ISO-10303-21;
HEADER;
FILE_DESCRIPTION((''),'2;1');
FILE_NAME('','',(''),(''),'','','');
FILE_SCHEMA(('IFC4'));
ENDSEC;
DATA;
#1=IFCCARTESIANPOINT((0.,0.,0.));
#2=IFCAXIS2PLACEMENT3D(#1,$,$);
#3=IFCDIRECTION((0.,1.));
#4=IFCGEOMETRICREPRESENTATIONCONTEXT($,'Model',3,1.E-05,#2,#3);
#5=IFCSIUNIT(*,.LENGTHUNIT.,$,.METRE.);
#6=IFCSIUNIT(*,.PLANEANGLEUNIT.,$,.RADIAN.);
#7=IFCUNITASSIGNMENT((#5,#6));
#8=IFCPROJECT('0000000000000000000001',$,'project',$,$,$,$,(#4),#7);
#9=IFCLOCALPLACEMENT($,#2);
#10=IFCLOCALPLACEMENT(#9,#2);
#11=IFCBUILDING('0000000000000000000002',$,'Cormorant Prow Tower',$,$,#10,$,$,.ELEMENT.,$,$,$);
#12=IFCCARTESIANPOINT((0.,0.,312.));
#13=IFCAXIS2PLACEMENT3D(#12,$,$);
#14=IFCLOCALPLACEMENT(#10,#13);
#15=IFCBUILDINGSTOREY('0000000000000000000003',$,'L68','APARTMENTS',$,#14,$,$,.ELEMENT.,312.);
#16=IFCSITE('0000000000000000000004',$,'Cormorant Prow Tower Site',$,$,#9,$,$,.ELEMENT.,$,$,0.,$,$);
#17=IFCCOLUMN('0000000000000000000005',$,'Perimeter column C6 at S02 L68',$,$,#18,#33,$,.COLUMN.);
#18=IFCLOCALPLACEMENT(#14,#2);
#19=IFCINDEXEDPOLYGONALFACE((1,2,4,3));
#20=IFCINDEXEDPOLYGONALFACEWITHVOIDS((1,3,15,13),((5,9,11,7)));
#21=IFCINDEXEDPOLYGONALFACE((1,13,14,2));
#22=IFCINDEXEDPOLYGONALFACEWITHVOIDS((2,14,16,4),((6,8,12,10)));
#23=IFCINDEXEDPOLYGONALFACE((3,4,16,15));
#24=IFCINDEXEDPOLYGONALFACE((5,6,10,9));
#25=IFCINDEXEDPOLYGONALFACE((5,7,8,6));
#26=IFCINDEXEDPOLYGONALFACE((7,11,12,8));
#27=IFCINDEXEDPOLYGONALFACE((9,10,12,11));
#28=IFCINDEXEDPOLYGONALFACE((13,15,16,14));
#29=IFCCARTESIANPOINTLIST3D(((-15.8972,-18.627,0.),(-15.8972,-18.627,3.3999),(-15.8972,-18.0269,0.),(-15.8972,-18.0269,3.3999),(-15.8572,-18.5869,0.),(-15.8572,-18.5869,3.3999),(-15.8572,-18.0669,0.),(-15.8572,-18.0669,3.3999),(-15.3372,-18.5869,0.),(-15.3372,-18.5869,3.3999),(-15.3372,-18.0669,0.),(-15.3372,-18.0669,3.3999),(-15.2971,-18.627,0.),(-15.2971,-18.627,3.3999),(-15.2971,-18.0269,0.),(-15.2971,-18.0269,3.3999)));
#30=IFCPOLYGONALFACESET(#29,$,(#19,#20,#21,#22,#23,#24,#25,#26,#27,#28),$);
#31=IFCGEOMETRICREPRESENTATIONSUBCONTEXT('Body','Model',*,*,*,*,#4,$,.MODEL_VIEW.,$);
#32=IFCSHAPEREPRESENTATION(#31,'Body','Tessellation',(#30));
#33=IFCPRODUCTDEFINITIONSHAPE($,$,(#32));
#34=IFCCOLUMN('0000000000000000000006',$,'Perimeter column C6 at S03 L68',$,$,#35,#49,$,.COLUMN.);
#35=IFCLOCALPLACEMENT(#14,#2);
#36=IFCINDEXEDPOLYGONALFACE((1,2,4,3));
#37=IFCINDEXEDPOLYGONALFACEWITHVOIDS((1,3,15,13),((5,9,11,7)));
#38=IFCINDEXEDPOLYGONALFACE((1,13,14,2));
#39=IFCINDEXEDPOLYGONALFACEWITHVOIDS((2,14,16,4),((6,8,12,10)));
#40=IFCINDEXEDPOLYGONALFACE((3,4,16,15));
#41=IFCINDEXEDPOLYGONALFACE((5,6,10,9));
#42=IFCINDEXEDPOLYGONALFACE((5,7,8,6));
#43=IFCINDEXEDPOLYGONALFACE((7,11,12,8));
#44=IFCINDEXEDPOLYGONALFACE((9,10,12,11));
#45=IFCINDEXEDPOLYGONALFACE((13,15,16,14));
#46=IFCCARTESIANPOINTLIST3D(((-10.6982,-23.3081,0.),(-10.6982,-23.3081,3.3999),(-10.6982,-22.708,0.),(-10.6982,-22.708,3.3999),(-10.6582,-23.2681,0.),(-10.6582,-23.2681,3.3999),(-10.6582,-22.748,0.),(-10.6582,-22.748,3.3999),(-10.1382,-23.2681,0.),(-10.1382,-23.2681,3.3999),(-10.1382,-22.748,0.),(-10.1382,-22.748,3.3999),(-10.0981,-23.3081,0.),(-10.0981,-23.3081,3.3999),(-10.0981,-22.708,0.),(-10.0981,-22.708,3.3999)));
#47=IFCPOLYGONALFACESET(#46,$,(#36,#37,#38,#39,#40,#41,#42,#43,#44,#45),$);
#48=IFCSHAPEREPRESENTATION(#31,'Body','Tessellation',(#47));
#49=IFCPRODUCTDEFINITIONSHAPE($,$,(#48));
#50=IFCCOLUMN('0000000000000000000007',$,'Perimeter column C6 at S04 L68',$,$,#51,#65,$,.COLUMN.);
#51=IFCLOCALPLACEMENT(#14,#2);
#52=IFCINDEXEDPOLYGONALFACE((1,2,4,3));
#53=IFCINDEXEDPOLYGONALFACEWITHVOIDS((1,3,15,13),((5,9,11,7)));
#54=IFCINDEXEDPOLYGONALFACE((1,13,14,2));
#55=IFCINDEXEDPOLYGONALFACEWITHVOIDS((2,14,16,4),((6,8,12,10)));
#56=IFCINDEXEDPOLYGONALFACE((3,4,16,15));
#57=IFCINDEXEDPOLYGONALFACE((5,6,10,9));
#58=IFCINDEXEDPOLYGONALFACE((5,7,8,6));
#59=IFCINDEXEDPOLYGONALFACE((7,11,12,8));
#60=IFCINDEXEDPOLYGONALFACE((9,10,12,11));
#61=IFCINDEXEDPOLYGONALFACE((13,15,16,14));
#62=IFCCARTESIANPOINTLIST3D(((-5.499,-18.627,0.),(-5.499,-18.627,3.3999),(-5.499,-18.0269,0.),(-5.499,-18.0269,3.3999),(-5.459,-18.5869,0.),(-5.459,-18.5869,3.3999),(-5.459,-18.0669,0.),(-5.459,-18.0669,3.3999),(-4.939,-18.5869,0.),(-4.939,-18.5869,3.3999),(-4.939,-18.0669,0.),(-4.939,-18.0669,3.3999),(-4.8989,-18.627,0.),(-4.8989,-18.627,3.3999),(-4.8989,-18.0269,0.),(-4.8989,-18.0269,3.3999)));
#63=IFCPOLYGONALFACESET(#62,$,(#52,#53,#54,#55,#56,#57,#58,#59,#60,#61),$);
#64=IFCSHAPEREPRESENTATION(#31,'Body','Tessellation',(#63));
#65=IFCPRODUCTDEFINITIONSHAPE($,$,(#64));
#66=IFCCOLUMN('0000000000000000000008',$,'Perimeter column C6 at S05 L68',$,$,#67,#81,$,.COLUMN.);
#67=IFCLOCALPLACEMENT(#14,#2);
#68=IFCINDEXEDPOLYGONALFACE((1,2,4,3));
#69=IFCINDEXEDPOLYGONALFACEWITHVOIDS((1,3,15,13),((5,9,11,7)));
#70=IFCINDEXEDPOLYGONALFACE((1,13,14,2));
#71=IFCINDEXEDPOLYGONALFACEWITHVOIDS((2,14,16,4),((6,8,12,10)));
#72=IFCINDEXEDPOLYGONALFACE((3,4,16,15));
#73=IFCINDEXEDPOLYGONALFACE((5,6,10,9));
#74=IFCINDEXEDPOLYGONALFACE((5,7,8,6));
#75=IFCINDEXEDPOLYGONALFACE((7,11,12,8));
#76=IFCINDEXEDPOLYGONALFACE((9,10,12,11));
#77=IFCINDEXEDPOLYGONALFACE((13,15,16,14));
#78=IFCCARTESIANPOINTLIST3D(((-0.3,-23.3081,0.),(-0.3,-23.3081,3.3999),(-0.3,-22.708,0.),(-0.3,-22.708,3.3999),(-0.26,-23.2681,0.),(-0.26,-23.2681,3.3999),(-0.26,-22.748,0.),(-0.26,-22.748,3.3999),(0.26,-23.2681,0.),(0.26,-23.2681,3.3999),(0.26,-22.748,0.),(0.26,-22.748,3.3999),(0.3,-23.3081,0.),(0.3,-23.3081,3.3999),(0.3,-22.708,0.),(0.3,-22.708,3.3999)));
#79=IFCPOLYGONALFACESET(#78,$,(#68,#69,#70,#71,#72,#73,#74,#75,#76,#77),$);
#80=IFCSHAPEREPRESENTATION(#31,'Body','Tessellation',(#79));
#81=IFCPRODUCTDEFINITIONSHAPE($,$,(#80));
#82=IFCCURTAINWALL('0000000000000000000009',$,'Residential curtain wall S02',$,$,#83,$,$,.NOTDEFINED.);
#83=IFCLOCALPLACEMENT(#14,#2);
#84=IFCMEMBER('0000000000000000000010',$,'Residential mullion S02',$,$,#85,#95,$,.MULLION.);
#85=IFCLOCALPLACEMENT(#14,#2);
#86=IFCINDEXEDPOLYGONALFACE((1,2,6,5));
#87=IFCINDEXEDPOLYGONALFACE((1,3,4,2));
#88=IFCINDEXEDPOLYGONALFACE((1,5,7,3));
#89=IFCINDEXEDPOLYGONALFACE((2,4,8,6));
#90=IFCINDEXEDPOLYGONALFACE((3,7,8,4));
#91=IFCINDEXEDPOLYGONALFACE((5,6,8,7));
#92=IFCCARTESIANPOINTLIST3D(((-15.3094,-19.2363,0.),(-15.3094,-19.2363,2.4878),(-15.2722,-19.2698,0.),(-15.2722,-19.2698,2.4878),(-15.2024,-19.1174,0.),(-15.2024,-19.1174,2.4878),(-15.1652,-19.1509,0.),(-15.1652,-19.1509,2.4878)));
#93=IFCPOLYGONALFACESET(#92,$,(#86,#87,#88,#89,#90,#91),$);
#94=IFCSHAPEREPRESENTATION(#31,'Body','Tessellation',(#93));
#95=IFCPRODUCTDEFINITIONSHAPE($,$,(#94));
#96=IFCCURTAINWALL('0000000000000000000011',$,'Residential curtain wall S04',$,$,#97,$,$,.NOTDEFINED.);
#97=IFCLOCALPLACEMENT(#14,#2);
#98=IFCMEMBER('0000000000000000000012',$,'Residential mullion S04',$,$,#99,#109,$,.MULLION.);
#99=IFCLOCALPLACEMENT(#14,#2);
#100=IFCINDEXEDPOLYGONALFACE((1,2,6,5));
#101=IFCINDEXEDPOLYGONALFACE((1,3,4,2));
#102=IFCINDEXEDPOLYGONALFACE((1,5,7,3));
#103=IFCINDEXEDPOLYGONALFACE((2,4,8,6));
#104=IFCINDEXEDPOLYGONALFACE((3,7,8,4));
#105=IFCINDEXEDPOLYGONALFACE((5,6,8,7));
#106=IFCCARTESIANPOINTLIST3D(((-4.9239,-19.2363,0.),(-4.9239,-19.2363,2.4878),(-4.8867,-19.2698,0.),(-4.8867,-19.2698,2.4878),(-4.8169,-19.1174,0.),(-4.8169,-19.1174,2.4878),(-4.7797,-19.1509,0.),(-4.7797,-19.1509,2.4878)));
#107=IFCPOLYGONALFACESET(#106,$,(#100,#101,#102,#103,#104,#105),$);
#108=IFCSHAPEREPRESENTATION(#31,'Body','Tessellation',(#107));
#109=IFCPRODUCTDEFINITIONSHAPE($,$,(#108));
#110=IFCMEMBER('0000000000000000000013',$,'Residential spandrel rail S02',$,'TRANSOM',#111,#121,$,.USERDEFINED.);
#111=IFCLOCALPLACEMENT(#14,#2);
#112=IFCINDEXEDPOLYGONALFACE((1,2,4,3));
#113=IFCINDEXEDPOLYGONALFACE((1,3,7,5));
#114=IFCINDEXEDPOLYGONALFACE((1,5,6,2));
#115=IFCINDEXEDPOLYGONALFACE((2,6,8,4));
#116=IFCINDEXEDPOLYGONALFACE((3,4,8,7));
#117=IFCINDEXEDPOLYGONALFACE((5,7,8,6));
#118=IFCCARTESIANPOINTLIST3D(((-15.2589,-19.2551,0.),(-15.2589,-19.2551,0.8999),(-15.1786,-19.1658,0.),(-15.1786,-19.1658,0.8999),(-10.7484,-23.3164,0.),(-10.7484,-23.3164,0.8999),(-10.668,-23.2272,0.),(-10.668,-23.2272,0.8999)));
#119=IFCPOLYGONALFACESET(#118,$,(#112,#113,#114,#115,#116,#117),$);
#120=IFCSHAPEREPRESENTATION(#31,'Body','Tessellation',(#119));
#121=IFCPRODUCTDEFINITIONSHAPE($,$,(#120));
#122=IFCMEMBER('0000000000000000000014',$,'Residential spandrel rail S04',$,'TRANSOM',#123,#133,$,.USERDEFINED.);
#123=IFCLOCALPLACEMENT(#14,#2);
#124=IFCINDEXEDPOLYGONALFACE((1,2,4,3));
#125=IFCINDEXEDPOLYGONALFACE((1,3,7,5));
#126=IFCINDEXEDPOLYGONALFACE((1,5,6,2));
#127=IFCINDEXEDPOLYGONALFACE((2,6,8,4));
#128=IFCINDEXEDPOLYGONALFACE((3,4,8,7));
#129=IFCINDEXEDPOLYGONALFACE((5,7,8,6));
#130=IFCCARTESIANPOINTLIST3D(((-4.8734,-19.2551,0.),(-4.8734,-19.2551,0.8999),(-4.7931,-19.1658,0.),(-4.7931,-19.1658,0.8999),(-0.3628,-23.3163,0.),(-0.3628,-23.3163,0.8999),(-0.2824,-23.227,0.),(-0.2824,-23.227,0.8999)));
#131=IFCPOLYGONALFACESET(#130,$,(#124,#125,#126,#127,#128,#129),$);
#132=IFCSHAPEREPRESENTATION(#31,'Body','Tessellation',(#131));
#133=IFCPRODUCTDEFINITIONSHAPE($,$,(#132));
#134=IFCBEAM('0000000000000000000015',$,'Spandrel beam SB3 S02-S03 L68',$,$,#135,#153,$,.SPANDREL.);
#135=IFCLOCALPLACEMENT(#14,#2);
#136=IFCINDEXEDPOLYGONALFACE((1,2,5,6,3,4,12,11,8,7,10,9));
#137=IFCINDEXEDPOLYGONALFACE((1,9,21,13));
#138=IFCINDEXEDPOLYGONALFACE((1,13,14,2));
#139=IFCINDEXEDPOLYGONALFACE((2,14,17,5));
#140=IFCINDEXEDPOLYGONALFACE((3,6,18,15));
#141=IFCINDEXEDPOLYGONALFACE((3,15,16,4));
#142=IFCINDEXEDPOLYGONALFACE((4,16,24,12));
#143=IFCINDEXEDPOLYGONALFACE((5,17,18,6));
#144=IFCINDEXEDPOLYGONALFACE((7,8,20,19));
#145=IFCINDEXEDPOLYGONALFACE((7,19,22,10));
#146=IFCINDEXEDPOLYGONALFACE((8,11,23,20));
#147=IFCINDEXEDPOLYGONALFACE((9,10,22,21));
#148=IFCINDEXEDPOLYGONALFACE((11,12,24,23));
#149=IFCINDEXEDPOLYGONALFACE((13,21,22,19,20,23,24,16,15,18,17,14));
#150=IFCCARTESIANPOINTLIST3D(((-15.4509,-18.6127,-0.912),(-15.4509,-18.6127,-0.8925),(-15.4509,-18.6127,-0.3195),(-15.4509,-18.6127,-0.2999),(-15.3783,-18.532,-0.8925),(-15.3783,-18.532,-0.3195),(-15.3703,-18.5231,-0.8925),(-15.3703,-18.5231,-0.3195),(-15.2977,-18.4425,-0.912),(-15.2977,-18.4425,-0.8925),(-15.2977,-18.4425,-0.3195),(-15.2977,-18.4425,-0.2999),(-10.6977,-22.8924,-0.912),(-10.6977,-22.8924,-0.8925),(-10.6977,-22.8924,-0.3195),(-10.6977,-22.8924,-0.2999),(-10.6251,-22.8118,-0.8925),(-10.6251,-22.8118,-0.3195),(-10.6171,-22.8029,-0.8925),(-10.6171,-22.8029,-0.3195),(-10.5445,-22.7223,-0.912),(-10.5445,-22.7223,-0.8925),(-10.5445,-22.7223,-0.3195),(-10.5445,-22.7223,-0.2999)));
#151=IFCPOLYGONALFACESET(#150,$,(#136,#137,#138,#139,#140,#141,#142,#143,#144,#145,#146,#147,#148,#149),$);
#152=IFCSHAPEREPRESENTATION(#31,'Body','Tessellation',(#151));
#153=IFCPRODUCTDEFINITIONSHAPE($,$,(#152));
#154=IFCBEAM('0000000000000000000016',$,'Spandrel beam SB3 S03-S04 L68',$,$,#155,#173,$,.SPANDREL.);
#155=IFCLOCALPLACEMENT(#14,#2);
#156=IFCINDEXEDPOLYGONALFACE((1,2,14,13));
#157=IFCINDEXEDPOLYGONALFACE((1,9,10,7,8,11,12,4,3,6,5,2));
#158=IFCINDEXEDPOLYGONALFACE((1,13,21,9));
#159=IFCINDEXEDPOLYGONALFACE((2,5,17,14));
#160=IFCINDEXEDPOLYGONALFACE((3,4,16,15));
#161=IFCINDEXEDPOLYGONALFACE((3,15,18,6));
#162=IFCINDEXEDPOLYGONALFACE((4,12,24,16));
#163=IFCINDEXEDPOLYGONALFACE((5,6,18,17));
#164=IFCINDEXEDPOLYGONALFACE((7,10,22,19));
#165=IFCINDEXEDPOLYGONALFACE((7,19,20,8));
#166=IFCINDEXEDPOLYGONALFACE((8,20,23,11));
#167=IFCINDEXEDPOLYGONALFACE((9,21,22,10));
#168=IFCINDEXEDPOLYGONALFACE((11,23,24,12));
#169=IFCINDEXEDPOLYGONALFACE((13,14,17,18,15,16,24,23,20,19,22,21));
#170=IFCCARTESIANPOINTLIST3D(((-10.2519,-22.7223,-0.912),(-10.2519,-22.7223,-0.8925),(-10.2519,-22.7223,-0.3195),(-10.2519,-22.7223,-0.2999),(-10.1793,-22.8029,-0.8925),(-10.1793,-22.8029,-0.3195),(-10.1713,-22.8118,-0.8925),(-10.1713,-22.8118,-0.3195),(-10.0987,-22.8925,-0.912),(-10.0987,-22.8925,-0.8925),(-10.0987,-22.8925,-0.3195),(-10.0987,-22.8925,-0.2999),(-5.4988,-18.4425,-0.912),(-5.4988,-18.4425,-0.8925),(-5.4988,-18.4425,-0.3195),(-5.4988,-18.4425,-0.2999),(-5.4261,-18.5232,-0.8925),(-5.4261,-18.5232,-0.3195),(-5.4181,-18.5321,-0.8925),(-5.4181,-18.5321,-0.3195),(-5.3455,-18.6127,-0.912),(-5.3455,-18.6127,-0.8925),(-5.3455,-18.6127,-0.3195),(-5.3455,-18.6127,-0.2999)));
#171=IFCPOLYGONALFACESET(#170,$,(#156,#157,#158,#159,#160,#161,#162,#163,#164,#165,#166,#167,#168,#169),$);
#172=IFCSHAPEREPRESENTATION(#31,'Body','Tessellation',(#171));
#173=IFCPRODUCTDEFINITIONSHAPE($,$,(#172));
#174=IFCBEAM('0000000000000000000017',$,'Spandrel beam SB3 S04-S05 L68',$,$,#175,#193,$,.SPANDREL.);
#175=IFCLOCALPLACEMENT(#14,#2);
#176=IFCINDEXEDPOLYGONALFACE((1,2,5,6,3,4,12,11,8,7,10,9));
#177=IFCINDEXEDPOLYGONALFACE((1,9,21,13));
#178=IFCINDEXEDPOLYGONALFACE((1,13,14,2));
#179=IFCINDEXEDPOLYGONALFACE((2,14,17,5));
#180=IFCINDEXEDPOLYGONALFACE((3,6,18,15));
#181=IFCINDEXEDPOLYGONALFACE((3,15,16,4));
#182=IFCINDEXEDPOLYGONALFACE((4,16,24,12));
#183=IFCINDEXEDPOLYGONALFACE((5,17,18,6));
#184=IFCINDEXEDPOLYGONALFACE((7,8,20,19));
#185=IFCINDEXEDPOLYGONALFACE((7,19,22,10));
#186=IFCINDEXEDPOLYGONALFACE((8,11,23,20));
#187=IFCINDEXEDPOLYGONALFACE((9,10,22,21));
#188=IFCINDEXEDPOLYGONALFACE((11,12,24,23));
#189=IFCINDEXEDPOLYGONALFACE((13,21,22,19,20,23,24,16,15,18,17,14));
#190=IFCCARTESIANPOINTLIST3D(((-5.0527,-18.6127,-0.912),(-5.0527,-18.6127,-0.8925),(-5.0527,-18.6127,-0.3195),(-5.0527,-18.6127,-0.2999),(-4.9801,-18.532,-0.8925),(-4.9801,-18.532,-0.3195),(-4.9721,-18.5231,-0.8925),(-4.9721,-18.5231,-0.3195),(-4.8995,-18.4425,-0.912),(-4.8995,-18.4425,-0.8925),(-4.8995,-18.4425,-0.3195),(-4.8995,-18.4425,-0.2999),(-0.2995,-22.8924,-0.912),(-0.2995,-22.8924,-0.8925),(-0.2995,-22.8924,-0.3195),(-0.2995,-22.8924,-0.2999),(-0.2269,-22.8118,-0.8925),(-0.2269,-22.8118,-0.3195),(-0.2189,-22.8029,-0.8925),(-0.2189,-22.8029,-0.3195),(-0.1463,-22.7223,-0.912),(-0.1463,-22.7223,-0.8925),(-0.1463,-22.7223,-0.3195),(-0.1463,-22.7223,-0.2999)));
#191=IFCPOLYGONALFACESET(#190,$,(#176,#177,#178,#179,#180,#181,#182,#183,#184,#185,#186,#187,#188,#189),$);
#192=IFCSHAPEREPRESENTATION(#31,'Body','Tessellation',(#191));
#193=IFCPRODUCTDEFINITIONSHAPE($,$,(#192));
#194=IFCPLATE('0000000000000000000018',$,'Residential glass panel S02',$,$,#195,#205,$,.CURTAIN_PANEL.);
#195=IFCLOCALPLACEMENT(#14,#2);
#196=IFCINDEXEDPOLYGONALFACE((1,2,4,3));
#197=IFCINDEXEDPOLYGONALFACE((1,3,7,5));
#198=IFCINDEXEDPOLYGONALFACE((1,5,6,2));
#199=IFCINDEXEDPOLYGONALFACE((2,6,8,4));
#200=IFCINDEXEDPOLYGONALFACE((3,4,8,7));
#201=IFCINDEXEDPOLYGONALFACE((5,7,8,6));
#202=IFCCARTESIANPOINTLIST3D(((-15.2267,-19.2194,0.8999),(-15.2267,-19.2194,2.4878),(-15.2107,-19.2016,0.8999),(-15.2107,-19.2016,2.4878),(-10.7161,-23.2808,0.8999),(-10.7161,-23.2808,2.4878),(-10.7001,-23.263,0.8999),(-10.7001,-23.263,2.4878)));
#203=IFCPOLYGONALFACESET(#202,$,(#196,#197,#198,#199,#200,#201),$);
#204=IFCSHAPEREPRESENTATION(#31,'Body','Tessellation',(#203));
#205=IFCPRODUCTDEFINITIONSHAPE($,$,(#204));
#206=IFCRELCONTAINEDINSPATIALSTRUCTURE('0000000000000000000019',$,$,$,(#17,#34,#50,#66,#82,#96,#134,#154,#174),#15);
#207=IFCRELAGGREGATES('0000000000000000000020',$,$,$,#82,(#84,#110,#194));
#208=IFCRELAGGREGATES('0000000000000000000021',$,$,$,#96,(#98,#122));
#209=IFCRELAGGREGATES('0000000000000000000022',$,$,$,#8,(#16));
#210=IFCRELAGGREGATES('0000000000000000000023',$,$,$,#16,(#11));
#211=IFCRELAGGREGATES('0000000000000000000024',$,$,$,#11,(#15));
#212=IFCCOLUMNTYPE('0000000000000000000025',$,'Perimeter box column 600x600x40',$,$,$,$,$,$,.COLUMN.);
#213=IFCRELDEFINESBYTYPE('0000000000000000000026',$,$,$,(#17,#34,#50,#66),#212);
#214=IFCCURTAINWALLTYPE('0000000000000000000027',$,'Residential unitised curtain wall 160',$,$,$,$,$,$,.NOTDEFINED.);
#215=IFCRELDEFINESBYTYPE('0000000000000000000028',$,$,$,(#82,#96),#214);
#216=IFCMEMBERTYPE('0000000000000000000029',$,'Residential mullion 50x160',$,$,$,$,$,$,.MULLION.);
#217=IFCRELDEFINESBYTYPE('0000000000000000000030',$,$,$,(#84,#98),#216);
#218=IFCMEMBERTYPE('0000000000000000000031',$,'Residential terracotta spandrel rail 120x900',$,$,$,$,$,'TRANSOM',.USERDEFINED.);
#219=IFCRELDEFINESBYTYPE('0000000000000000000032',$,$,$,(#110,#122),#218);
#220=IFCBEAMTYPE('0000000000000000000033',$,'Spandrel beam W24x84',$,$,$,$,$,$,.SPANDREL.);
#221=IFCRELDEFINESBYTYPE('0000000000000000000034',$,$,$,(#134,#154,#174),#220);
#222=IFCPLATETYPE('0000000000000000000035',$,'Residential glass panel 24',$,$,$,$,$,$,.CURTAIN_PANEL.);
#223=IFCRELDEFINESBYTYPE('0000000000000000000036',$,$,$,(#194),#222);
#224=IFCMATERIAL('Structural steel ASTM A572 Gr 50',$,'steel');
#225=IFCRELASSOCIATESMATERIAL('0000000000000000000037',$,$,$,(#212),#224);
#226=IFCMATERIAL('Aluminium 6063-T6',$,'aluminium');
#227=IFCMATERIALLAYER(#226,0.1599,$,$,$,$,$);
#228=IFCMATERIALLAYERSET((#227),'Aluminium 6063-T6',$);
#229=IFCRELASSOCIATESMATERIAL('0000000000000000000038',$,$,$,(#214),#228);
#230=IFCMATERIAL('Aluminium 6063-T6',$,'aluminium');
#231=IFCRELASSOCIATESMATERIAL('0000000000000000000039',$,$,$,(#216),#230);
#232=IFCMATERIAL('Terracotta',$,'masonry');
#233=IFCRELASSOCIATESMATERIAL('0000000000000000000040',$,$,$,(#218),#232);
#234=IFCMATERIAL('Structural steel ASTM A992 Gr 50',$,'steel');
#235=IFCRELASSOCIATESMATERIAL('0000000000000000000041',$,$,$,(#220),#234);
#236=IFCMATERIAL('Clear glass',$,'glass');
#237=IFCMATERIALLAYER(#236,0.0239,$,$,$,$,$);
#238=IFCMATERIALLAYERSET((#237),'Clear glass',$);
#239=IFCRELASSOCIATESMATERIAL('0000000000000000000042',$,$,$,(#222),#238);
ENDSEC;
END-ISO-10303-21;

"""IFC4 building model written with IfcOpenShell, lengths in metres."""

from ifc_helpers import new_model, si_unit, direction, frame, origin, origin_2d, place, context, subcontext, project, spatial, rectangle, hollow_rectangle, i_section, extrude, material, layer, layer_set, material_profile, profile_set, type_object, element, aggregate, save


model = new_model("IFC4")

# Units and contexts
model_context = context("Model", 3, precision=1e-05, world=origin(), true_north=direction((0.0, 1.0)))
body_context = subcontext(model_context, "Body", "Model", "MODEL_VIEW")
ifc_project = project(units=[si_unit("LENGTHUNIT", "METRE"), si_unit("PLANEANGLEUNIT", "RADIAN")], contexts=[model_context])

# Site, building, storey
site_placement = place(None, origin())
site = spatial("IfcSite", under=ifc_project, at=site_placement, Name="Cormorant Prow Tower Site", CompositionType="ELEMENT", RefElevation=0.0)
building_placement = place(site_placement, origin())
building = spatial("IfcBuilding", under=site, at=building_placement, Name="Cormorant Prow Tower", CompositionType="ELEMENT")
storey_placement = place(building_placement, frame((0.0, 0.0, 312.0)))
storey = spatial("IfcBuildingStorey", under=building, at=storey_placement, Name="L68", Description="APARTMENTS", CompositionType="ELEMENT", Elevation=312.0)

# Columns
ifc_material_1 = material(Name="Structural steel ASTM A572 Gr 50", Category="steel")
ifc_material_profile_1 = material_profile(ifc_material_1, hollow_rectangle(XDim=0.6001, YDim=0.6001, WallThickness=0.04, at=origin_2d()), Name="Box 600x600x40")
ifc_profile_set_1 = profile_set([ifc_material_profile_1], Name="Structural steel ASTM A572 Gr 50")
column_type = type_object("IfcColumnType", Name="Perimeter box column 600x600x40", PredefinedType="COLUMN", material=ifc_profile_set_1)
for number, where, z_axis, x_axis, name in (
    (1, (-15.5972, -18.3269, 0.0), (0.0, 0.0, 1.0), (1.0, 0.0, 0.0), "Perimeter column C6 at S02 L68"),
    (2, (-10.3982, -23.0081, 0.0), (0.0, 0.0, 1.0), (1.0, 0.0, 0.0), "Perimeter column C6 at S03 L68"),
    (3, (-5.199, -18.3269, 0.0), (0.0, 0.0, 1.0), (1.0, 0.0, 0.0), "Perimeter column C6 at S04 L68"),
    (4, (0.0, -23.0081, 0.0), (0.0, 0.0, 1.0), (1.0, 0.0, 0.0), "Perimeter column C6 at S05 L68"),
):
    element("IfcColumn", number, at=place(storey_placement, frame(where, z_axis=z_axis, x_axis=x_axis)), inside=storey, type_object=column_type, Name=name, PredefinedType="COLUMN", context=body_context, shape_type="SweptSolid", body=[
        extrude(hollow_rectangle(XDim=0.6001, YDim=0.6001, WallThickness=0.04, at=origin_2d()), origin(), (0.0, 0.0, 1.0), 3.3999),
    ])

# Curtain walls, members
ifc_material_2 = material(Name="Aluminium 6063-T6", Category="aluminium")
ifc_layer_1 = layer(ifc_material_2, 0.1599)
ifc_layer_set_1 = layer_set([ifc_layer_1], Name="Aluminium 6063-T6")
curtain_wall_type = type_object("IfcCurtainWallType", Name="Residential unitised curtain wall 160", PredefinedType="NOTDEFINED", material=ifc_layer_set_1)
curtain_wall_1_placement = place(storey_placement, origin())
curtain_wall_1 = element("IfcCurtainWall", 5, at=curtain_wall_1_placement, inside=storey, type_object=curtain_wall_type, Name="Residential curtain wall S02", PredefinedType="NOTDEFINED")
ifc_material_3 = material(Name="Aluminium 6063-T6", Category="aluminium")
ifc_material_profile_2 = material_profile(ifc_material_3, rectangle(XDim=0.1599, YDim=0.05, at=origin_2d()), Name="Residential mullion 50x160")
ifc_profile_set_2 = profile_set([ifc_material_profile_2], Name="Aluminium 6063-T6")
member_type_1 = type_object("IfcMemberType", Name="Residential mullion 50x160", PredefinedType="MULLION", material=ifc_profile_set_2)
member_1_placement = place(storey_placement, frame((-15.2373, -19.1936, 0.0), z_axis=(0.0, 0.0, 1.0), x_axis=(0.669131, 0.743145, 0.0)))
member_1 = element("IfcMember", 6, at=member_1_placement, type_object=member_type_1, Name="Residential mullion S02", PredefinedType="MULLION", context=body_context, shape_type="SweptSolid", body=[
    extrude(rectangle(XDim=0.1599, YDim=0.05, at=origin_2d()), origin(), (0.0, 0.0, 1.0), 2.4878),
])
curtain_wall_2_placement = place(storey_placement, origin())
curtain_wall_2 = element("IfcCurtainWall", 7, at=curtain_wall_2_placement, inside=storey, type_object=curtain_wall_type, Name="Residential curtain wall S04", PredefinedType="NOTDEFINED")
member_2_placement = place(storey_placement, frame((-4.8518, -19.1936, 0.0), z_axis=(0.0, 0.0, 1.0), x_axis=(0.669131, 0.743145, 0.0)))
member_2 = element("IfcMember", 8, at=member_2_placement, type_object=member_type_1, Name="Residential mullion S04", PredefinedType="MULLION", context=body_context, shape_type="SweptSolid", body=[
    extrude(rectangle(XDim=0.1599, YDim=0.05, at=origin_2d()), origin(), (0.0, 0.0, 1.0), 2.4878),
])

# Members
ifc_material_4 = material(Name="Terracotta", Category="masonry")
ifc_material_profile_3 = material_profile(ifc_material_4, rectangle(XDim=0.1201, YDim=0.8999, at=origin_2d()), Name="Residential terracotta spandrel rail 120x900")
ifc_profile_set_3 = profile_set([ifc_material_profile_3], Name="Terracotta")
member_type_2 = type_object("IfcMemberType", Name="Residential terracotta spandrel rail 120x900", ElementType="TRANSOM", PredefinedType="USERDEFINED", material=ifc_profile_set_3)
member_3_placement = place(storey_placement, frame((-15.2188, -19.2104, 0.45), z_axis=(0.743144, -0.669131, 0.0), x_axis=(0.669131, 0.743144, 0.0)))
member_3 = element("IfcMember", 9, at=member_3_placement, type_object=member_type_2, Name="Residential spandrel rail S02", ObjectType="TRANSOM", PredefinedType="USERDEFINED", context=body_context, shape_type="SweptSolid", body=[
    extrude(rectangle(XDim=0.1201, YDim=0.8999, at=origin_2d()), origin(), (0.0, 0.0, 1.0), 6.0696),
])
member_4_placement = place(storey_placement, frame((-4.8333, -19.2104, 0.45), z_axis=(0.743162, -0.669111, 0.0), x_axis=(0.669111, 0.743162, 0.0)))
member_4 = element("IfcMember", 10, at=member_4_placement, type_object=member_type_2, Name="Residential spandrel rail S04", ObjectType="TRANSOM", PredefinedType="USERDEFINED", context=body_context, shape_type="SweptSolid", body=[
    extrude(rectangle(XDim=0.1201, YDim=0.8999, at=origin_2d()), origin(), (0.0, 0.0, 1.0), 6.0696),
])

# Beams
ifc_material_5 = material(Name="Structural steel ASTM A992 Gr 50", Category="steel")
ifc_material_profile_4 = material_profile(ifc_material_5, i_section(OverallWidth=0.229, OverallDepth=0.6121, WebThickness=0.012, FlangeThickness=0.0195, at=origin_2d()), Name="W24x84")
ifc_profile_set_4 = profile_set([ifc_material_profile_4], Name="Structural steel ASTM A992 Gr 50")
beam_type = type_object("IfcBeamType", Name="Spandrel beam W24x84", PredefinedType="SPANDREL", material=ifc_profile_set_4)
for number, where, z_axis, x_axis, name in (
    (11, (-15.3743, -18.5276, -0.606), (0.743144, -0.669131, 0.0), (0.669131, 0.743144, 0.0), "Spandrel beam SB3 S02-S03 L68"),
    (12, (-10.1753, -22.8074, -0.606), (0.743144, 0.669131, 0.0), (-0.669131, 0.743144, 0.0), "Spandrel beam SB3 S03-S04 L68"),
    (13, (-4.9761, -18.5276, -0.606), (0.743144, -0.669131, 0.0), (0.669131, 0.743144, 0.0), "Spandrel beam SB3 S04-S05 L68"),
):
    element("IfcBeam", number, at=place(storey_placement, frame(where, z_axis=z_axis, x_axis=x_axis)), inside=storey, type_object=beam_type, Name=name, PredefinedType="SPANDREL", context=body_context, shape_type="SweptSolid", body=[
        extrude(i_section(OverallWidth=0.229, OverallDepth=0.6121, WebThickness=0.012, FlangeThickness=0.0195, at=origin_2d()), origin(), (0.0, 0.0, 1.0), 6.396),
    ])

# Plate
ifc_material_6 = material(Name="Clear glass", Category="glass")
ifc_layer_2 = layer(ifc_material_6, 0.0239)
ifc_layer_set_2 = layer_set([ifc_layer_2], Name="Clear glass")
plate_type = type_object("IfcPlateType", Name="Residential glass panel 24", PredefinedType="CURTAIN_PANEL", material=ifc_layer_set_2)
plate_1_placement = place(storey_placement, frame((-12.9634, -21.2412, 0.8999), z_axis=(0.0, 0.0, 1.0), x_axis=(0.743145, -0.669131, 0.0)))
plate_1 = element("IfcPlate", 14, at=plate_1_placement, type_object=plate_type, Name="Residential glass panel S02", PredefinedType="CURTAIN_PANEL", context=body_context, shape_type="SweptSolid", body=[
    extrude(rectangle(XDim=6.0696, YDim=0.0239, at=origin_2d()), origin(), (0.0, 0.0, 1.0), 1.5879),
])
aggregate(curtain_wall_1, [member_1, member_3, plate_1])
aggregate(curtain_wall_2, [member_2, member_4])

save(model, "model.ifc")
